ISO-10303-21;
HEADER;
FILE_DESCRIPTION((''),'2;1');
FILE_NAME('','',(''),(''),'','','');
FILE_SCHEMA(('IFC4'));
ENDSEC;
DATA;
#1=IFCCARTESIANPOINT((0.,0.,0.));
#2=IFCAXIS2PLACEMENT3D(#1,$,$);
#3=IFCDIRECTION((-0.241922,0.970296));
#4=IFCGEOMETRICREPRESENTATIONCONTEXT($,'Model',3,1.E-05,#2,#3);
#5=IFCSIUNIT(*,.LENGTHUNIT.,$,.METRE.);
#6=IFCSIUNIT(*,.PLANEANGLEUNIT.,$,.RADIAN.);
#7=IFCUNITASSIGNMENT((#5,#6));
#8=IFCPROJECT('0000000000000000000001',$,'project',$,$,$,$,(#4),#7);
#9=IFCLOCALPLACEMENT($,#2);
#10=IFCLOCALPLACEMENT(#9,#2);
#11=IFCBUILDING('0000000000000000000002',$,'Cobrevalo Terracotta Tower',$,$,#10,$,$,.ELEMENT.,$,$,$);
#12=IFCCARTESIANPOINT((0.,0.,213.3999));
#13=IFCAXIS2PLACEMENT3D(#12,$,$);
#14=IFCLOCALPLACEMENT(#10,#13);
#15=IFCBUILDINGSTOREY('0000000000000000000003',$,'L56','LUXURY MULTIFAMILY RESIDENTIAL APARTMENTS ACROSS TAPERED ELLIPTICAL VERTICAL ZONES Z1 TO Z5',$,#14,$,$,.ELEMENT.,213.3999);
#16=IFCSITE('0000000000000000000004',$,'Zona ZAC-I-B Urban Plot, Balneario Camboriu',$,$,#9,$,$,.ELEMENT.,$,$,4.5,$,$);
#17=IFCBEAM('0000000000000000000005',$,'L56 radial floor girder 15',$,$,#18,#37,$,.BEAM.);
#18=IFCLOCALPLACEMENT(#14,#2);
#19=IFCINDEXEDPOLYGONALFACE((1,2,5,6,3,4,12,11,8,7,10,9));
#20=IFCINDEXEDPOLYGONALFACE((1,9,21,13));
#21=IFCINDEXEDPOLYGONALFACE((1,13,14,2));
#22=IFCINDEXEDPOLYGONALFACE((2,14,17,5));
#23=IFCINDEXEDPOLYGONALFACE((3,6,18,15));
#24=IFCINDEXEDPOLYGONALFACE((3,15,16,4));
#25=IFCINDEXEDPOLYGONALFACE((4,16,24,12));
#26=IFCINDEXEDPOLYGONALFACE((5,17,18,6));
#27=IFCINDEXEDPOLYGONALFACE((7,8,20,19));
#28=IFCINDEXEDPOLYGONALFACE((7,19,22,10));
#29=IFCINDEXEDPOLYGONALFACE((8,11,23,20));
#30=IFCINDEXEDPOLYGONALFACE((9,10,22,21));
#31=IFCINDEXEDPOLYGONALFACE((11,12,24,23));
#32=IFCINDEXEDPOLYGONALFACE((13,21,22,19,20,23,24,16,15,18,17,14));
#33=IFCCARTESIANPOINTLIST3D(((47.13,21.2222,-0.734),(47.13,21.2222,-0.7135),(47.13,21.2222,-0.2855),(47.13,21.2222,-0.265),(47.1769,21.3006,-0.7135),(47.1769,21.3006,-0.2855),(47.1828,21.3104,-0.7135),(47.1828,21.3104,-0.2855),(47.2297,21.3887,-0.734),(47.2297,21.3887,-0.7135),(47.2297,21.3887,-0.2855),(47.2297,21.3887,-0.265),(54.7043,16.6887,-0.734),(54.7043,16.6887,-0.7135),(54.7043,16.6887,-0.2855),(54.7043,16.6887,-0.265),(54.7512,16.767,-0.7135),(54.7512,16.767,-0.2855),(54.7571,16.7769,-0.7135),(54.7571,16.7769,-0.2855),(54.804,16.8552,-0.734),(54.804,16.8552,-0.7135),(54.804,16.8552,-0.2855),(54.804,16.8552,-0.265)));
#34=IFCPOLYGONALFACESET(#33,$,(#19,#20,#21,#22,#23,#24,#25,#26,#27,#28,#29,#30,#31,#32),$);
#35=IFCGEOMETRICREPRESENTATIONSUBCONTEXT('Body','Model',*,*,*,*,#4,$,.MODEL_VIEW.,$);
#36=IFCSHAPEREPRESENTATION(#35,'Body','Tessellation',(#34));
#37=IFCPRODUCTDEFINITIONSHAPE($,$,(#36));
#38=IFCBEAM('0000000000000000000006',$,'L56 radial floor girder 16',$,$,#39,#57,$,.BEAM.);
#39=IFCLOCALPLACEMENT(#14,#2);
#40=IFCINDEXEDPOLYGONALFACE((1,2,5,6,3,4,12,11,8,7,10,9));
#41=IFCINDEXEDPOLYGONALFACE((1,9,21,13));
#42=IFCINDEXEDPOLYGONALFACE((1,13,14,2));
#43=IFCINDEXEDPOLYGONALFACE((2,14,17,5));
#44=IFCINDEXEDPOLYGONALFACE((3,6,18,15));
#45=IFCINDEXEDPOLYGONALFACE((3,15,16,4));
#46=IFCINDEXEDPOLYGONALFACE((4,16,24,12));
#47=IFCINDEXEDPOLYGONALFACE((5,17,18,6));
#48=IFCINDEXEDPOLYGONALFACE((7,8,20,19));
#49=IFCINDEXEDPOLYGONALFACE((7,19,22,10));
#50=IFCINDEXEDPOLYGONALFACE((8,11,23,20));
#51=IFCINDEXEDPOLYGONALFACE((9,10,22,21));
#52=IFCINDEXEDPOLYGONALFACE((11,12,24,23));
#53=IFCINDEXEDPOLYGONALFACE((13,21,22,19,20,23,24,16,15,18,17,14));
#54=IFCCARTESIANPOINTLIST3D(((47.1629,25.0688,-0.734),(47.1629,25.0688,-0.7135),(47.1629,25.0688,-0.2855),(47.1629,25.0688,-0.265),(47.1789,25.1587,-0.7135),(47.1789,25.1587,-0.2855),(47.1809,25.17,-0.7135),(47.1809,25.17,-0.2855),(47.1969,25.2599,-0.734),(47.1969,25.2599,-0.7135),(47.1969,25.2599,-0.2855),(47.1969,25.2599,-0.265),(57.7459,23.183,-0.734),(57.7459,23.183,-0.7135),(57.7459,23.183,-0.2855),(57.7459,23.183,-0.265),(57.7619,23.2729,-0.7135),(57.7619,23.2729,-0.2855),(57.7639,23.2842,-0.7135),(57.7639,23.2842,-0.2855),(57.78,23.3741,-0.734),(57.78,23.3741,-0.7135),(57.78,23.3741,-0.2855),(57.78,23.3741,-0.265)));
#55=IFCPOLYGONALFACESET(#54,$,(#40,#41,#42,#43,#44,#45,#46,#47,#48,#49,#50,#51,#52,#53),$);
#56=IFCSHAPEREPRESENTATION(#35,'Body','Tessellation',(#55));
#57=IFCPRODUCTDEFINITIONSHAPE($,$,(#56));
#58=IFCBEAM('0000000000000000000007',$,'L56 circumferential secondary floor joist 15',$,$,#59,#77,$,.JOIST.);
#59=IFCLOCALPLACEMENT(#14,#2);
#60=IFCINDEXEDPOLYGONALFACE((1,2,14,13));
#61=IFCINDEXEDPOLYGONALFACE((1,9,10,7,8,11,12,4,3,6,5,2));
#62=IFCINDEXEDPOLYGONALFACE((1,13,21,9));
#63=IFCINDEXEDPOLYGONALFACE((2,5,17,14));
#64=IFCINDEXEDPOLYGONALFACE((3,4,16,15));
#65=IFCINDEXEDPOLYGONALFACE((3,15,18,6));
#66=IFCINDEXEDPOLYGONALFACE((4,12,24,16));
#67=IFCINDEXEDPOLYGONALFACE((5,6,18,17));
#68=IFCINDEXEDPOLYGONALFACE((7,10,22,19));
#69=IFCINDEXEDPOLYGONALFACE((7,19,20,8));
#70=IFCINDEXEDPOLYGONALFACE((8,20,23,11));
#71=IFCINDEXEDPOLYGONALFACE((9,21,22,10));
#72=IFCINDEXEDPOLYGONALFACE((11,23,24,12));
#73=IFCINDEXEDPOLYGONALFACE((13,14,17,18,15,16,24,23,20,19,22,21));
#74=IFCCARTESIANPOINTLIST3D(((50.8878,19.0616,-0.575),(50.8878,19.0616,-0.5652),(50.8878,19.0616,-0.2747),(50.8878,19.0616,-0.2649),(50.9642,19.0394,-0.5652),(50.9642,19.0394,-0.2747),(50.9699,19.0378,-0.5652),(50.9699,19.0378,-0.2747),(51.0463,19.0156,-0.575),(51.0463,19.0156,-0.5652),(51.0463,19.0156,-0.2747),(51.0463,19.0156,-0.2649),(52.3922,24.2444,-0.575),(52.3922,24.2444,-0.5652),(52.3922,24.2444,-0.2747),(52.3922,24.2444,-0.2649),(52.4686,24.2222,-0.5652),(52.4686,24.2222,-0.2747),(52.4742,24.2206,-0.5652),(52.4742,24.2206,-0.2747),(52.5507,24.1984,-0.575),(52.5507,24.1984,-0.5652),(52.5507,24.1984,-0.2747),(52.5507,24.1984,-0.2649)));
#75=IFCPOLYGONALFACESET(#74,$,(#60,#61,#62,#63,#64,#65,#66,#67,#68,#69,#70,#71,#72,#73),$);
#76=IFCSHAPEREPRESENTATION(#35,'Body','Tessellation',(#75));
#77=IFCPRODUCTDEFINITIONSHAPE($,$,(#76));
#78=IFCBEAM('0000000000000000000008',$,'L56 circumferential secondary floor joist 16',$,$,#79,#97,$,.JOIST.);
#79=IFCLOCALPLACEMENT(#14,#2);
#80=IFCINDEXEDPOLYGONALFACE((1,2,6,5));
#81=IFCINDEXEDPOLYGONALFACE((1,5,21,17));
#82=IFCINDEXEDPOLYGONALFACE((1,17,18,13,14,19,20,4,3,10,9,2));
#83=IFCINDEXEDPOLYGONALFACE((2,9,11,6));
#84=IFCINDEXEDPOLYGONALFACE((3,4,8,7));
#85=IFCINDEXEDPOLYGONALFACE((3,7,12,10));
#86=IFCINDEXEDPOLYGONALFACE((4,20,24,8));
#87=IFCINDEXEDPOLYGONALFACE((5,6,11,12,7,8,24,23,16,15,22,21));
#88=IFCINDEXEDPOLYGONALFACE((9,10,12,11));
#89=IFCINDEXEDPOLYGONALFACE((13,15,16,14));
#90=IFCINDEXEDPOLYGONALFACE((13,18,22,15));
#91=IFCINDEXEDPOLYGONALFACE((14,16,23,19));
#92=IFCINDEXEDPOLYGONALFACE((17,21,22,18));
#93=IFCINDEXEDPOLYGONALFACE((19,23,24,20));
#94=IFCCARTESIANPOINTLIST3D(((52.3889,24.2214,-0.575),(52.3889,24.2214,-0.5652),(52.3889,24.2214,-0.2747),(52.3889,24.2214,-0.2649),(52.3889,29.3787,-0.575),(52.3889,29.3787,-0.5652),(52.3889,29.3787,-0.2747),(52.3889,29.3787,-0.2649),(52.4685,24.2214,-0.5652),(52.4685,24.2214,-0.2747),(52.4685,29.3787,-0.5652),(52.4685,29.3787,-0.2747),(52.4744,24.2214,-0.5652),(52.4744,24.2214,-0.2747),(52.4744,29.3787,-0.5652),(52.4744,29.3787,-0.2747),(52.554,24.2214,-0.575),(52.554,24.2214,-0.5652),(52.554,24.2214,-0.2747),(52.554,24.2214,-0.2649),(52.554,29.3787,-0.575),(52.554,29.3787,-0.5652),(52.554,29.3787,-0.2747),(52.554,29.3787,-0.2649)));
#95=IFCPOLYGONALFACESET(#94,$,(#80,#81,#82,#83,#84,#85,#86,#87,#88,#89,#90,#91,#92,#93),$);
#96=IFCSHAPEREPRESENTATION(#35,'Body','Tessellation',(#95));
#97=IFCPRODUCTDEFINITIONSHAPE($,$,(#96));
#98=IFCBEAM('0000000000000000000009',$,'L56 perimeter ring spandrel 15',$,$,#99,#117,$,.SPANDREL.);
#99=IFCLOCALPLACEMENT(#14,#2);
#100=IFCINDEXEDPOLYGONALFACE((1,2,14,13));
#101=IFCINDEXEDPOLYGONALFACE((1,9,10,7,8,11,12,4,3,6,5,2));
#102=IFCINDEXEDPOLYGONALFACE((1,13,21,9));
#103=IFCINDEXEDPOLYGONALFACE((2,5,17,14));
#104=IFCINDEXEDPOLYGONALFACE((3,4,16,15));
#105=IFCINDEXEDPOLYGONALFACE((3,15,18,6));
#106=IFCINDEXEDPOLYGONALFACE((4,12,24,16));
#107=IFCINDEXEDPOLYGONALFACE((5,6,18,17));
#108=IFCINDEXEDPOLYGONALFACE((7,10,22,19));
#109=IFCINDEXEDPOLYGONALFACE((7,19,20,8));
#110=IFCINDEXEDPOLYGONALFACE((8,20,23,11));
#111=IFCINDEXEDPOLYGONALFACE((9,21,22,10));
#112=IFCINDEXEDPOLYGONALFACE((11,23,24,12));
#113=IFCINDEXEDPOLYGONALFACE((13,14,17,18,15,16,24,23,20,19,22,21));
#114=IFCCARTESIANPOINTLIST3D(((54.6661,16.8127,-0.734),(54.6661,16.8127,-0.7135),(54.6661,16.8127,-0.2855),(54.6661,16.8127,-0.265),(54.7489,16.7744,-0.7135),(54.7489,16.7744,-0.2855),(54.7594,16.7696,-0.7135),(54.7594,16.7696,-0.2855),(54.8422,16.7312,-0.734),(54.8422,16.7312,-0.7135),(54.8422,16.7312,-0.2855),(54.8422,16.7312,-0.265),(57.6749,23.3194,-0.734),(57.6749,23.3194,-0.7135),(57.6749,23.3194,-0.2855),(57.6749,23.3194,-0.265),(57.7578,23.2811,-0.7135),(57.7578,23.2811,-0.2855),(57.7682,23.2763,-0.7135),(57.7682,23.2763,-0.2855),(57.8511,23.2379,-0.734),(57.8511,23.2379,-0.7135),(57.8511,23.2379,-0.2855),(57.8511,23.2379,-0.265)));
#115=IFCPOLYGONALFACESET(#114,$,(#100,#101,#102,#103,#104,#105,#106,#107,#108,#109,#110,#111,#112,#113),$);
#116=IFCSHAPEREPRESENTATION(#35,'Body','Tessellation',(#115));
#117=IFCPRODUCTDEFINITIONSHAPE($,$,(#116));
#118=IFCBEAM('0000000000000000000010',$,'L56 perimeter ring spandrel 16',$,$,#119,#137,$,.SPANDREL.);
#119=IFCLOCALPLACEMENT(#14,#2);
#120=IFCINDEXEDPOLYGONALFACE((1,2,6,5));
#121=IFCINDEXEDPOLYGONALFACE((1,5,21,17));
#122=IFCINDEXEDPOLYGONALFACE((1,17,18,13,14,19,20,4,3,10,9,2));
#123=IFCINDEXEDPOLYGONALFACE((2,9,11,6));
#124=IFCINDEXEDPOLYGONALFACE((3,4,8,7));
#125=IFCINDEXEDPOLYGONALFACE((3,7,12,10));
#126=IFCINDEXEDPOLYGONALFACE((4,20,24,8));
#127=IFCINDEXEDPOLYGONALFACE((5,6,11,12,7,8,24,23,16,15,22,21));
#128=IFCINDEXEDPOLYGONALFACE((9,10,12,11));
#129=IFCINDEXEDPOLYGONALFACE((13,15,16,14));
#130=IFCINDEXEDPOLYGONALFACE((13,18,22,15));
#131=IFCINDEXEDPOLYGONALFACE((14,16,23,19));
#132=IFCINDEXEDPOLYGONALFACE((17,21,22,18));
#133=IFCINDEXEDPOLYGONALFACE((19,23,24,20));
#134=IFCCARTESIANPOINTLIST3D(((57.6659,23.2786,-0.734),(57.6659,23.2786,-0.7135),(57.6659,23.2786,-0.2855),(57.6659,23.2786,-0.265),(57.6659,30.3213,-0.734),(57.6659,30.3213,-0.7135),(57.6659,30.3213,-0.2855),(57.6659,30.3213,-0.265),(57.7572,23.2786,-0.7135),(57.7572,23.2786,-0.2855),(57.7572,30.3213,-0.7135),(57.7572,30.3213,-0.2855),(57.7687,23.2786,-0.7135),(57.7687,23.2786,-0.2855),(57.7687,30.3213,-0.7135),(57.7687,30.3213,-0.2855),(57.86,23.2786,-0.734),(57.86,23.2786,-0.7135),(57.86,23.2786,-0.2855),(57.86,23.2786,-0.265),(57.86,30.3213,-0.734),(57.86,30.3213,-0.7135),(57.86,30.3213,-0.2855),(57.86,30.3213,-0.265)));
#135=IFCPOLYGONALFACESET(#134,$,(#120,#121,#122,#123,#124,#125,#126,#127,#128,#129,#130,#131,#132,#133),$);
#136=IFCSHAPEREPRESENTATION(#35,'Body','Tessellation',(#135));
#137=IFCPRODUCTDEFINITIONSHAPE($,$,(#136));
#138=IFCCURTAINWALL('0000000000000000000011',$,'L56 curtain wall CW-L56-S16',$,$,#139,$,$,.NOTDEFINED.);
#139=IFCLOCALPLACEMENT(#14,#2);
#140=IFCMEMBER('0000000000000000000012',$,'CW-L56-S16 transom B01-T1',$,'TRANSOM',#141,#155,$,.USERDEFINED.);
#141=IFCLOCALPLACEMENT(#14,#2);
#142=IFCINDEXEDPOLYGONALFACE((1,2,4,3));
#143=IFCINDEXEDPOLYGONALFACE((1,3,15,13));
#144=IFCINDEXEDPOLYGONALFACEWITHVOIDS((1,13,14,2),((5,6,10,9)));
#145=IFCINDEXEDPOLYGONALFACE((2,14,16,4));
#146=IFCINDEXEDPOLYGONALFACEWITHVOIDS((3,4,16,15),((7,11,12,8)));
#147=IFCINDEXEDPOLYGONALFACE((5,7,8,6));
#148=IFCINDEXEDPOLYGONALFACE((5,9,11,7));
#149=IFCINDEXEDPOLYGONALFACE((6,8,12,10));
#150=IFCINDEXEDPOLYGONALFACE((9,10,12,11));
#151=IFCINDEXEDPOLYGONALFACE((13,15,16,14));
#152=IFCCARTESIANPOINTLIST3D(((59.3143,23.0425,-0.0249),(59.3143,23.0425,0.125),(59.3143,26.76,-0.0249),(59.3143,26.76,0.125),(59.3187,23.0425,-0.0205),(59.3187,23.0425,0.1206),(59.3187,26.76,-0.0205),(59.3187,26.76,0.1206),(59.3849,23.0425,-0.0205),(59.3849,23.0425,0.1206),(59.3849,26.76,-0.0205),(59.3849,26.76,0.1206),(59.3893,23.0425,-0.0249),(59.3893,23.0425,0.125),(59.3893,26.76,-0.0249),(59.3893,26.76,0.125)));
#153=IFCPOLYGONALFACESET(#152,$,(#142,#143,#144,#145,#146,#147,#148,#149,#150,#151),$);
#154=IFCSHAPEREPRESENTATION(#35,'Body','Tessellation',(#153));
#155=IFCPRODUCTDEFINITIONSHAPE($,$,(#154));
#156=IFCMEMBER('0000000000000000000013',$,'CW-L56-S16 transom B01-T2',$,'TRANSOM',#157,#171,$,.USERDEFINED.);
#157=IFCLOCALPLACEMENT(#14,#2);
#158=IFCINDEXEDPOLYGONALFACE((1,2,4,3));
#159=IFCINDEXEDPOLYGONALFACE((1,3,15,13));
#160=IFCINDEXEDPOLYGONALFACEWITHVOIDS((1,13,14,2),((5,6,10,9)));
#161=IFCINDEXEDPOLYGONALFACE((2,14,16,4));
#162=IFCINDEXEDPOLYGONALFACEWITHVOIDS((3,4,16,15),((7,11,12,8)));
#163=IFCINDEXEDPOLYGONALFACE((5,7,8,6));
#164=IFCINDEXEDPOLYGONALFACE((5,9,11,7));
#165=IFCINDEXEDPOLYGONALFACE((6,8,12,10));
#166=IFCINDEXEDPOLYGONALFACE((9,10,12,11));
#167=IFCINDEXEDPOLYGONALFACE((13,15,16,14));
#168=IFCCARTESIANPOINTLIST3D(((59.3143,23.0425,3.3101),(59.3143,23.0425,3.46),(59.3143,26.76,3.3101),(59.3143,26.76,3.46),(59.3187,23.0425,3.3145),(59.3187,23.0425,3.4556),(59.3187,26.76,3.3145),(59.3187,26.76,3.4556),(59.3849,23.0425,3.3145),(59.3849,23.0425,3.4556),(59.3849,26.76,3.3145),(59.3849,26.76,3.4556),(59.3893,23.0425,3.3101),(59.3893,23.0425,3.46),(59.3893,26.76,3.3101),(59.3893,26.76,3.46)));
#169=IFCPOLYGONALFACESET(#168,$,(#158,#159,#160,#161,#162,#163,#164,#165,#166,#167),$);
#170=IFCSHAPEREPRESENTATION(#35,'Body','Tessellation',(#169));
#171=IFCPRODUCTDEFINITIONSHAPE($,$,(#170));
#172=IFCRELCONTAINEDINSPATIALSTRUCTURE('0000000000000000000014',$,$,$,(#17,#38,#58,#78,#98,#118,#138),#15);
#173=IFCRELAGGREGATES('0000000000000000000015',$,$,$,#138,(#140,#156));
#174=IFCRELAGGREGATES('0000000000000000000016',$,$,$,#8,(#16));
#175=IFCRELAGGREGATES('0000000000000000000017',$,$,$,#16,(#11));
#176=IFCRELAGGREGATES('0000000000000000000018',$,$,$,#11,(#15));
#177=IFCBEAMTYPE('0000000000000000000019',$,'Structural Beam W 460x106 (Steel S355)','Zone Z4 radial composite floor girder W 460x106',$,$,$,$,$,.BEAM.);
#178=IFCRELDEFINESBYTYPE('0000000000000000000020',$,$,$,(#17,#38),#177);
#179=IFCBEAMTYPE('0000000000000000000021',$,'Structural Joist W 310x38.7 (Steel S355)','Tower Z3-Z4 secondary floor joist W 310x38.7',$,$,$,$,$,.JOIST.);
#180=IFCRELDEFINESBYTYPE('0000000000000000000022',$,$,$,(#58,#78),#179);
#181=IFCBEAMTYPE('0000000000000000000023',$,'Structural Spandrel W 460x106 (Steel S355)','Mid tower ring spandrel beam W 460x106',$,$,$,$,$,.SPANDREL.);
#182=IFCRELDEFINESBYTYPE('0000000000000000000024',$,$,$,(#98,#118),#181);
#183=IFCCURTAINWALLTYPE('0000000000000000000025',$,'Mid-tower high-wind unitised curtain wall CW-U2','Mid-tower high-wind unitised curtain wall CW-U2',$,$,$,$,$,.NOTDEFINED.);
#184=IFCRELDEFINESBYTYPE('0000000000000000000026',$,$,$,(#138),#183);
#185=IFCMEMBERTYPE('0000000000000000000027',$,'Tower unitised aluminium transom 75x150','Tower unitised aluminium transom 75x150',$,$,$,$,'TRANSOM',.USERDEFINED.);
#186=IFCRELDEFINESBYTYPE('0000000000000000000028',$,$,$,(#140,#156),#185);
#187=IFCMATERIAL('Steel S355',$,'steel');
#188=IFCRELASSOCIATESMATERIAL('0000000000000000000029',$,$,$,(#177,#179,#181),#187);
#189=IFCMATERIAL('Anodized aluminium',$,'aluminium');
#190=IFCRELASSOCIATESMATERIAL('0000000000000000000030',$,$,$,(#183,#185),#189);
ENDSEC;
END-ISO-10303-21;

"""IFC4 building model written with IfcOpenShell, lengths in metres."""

from ifc_helpers import new_model, si_unit, direction, frame, origin, origin_2d, place, context, subcontext, project, spatial, hollow_rectangle, i_section, extrude, source, transform, mapped, material, material_profile, profile_set, type_object, element, aggregate, save


model = new_model("IFC4")

# Units and contexts
model_context = context("Model", 3, precision=1e-05, world=origin(), true_north=direction((-0.241922, 0.970296)))
body_context = subcontext(model_context, "Body", "Model", "MODEL_VIEW")
ifc_project = project(units=[si_unit("LENGTHUNIT", "METRE"), si_unit("PLANEANGLEUNIT", "RADIAN")], contexts=[model_context])

# Site, building, storey
site_placement = place(None, origin())
site = spatial("IfcSite", under=ifc_project, at=site_placement, Name="Zona ZAC-I-B Urban Plot, Balneario Camboriu", CompositionType="ELEMENT", RefElevation=4.5)
building_placement = place(site_placement, origin())
building = spatial("IfcBuilding", under=site, at=building_placement, Name="Cobrevalo Terracotta Tower", CompositionType="ELEMENT")
storey_placement = place(building_placement, frame((0.0, 0.0, 213.3999)))
storey = spatial("IfcBuildingStorey", under=building, at=storey_placement, Name="L56", Description="LUXURY MULTIFAMILY RESIDENTIAL APARTMENTS ACROSS TAPERED ELLIPTICAL VERTICAL ZONES Z1 TO Z5", CompositionType="ELEMENT", Elevation=213.3999)

# Shared definitions
ifc_material_1 = material(Name="Steel S355", Category="steel")

# Beams
ifc_material_profile_1 = material_profile(ifc_material_1, i_section(OverallWidth=0.1941, OverallDepth=0.469, WebThickness=0.0115, FlangeThickness=0.0205, at=origin_2d()), Name="W 460x106")
ifc_profile_set_1 = profile_set([ifc_material_profile_1], Name="Steel S355")
beam_type_1 = type_object("IfcBeamType", Name="Structural Beam W 460x106 (Steel S355)", Description="Zone Z4 radial composite floor girder W 460x106", PredefinedType="BEAM", material=ifc_profile_set_1)
beam_1_placement = place(storey_placement, frame((54.7542, 16.772, -0.4995), z_axis=(-0.858046, 0.513572, 0.0), x_axis=(-0.513572, -0.858046, 0.0)))
element("IfcBeam", 1, at=beam_1_placement, inside=storey, type_object=beam_type_1, Name="L56 radial floor girder 15", PredefinedType="BEAM", context=body_context, shape_type="SweptSolid", body=[
    extrude(i_section(OverallWidth=0.1941, OverallDepth=0.469, WebThickness=0.0115, FlangeThickness=0.0205, at=origin_2d()), origin(), (0.0, 0.0, 1.0), 8.8274),
])
beam_2_placement = place(storey_placement, frame((57.7629, 23.2786, -0.4995), z_axis=(-0.984493, 0.175423, 0.0), x_axis=(-0.175423, -0.984493, 0.0)))
element("IfcBeam", 2, at=beam_2_placement, inside=storey, type_object=beam_type_1, Name="L56 radial floor girder 16", PredefinedType="BEAM", context=body_context, shape_type="SweptSolid", body=[
    extrude(i_section(OverallWidth=0.1941, OverallDepth=0.469, WebThickness=0.0115, FlangeThickness=0.0205, at=origin_2d()), origin(), (0.0, 0.0, 1.0), 10.7498),
])
ifc_material_profile_2 = material_profile(ifc_material_1, i_section(OverallWidth=0.165, OverallDepth=0.3101, WebThickness=0.0059, FlangeThickness=0.0098, at=origin_2d()), Name="W 310x38.7")
ifc_profile_set_2 = profile_set([ifc_material_profile_2], Name="Steel S355")
beam_type_2 = type_object("IfcBeamType", Name="Structural Joist W 310x38.7 (Steel S355)", Description="Tower Z3-Z4 secondary floor joist W 310x38.7", PredefinedType="JOIST", material=ifc_profile_set_2)
beam_3_placement = place(storey_placement, frame((50.967, 19.0386, -0.4199), z_axis=(0.278758, 0.960361, 0.0), x_axis=(-0.960361, 0.278758, 0.0)))
element("IfcBeam", 3, at=beam_3_placement, inside=storey, type_object=beam_type_2, Name="L56 circumferential secondary floor joist 15", PredefinedType="JOIST", context=body_context, shape_type="SweptSolid", body=[
    extrude(i_section(OverallWidth=0.165, OverallDepth=0.3101, WebThickness=0.0059, FlangeThickness=0.0098, at=origin_2d()), origin(), (0.0, 0.0, 1.0), 5.3967),
])
beam_4_placement = place(storey_placement, frame((52.4714, 24.2214, -0.4199), z_axis=(0.0, 1.0, 0.0), x_axis=(-1.0, 0.0, 0.0)))
element("IfcBeam", 4, at=beam_4_placement, inside=storey, type_object=beam_type_2, Name="L56 circumferential secondary floor joist 16", PredefinedType="JOIST", context=body_context, shape_type="SweptSolid", body=[
    extrude(i_section(OverallWidth=0.165, OverallDepth=0.3101, WebThickness=0.0059, FlangeThickness=0.0098, at=origin_2d()), origin(), (0.0, 0.0, 1.0), 5.1572),
])
ifc_material_profile_3 = material_profile(ifc_material_1, i_section(OverallWidth=0.1941, OverallDepth=0.469, WebThickness=0.0115, FlangeThickness=0.0205, at=origin_2d()), Name="W 460x106")
ifc_profile_set_3 = profile_set([ifc_material_profile_3], Name="Steel S355")
beam_type_3 = type_object("IfcBeamType", Name="Structural Spandrel W 460x106 (Steel S355)", Description="Mid tower ring spandrel beam W 460x106", PredefinedType="SPANDREL", material=ifc_profile_set_3)
beam_5_placement = place(storey_placement, frame((54.7542, 16.772, -0.4995), z_axis=(0.419719, 0.907654, 0.0), x_axis=(-0.907654, 0.419719, 0.0)))
element("IfcBeam", 5, at=beam_5_placement, inside=storey, type_object=beam_type_3, Name="L56 perimeter ring spandrel 15", PredefinedType="SPANDREL", context=body_context, shape_type="SweptSolid", body=[
    extrude(i_section(OverallWidth=0.1941, OverallDepth=0.469, WebThickness=0.0115, FlangeThickness=0.0205, at=origin_2d()), origin(), (0.0, 0.0, 1.0), 7.1687),
])
beam_6_placement = place(storey_placement, frame((57.7629, 23.2786, -0.4995), z_axis=(0.0, 1.0, 0.0), x_axis=(-1.0, 0.0, 0.0)))
element("IfcBeam", 6, at=beam_6_placement, inside=storey, type_object=beam_type_3, Name="L56 perimeter ring spandrel 16", PredefinedType="SPANDREL", context=body_context, shape_type="SweptSolid", body=[
    extrude(i_section(OverallWidth=0.1941, OverallDepth=0.469, WebThickness=0.0115, FlangeThickness=0.0205, at=origin_2d()), origin(), (0.0, 0.0, 1.0), 7.0427),
])

# Curtain wall, members
ifc_material_2 = material(Name="Anodized aluminium", Category="aluminium")
curtain_wall_type = type_object("IfcCurtainWallType", Name="Mid-tower high-wind unitised curtain wall CW-U2", Description="Mid-tower high-wind unitised curtain wall CW-U2", PredefinedType="NOTDEFINED", material=ifc_material_2)
curtain_wall_placement = place(storey_placement, origin())
curtain_wall = element("IfcCurtainWall", 7, at=curtain_wall_placement, inside=storey, type_object=curtain_wall_type, Name="L56 curtain wall CW-L56-S16", PredefinedType="NOTDEFINED")
ifc_material_profile_4 = material_profile(ifc_material_2, hollow_rectangle(XDim=0.075, YDim=0.1499, WallThickness=0.0044, at=origin_2d()), Name="CWT 75x150")
ifc_profile_set_4 = profile_set([ifc_material_profile_4], Name="Anodized aluminium")
member_type_1 = type_object("IfcMemberType", Name="Tower unitised aluminium transom 75x150", Description="Tower unitised aluminium transom 75x150", ElementType="TRANSOM", PredefinedType="USERDEFINED", material=ifc_profile_set_4)
shared_shape_1 = source(origin(), body_context, "Body", "SweptSolid", [
    extrude(hollow_rectangle(XDim=0.075, YDim=0.1499, WallThickness=0.0044, at=origin_2d()), origin(), (0.0, 0.0, 1.0), 3.7175),
])
member_1_placement = place(storey_placement, frame((59.3518, 23.0425, 0.05), z_axis=(0.0, 1.0, 0.0), x_axis=(-1.0, 0.0, 0.0)))
member_1 = element("IfcMember", 8, at=member_1_placement, type_object=member_type_1, Name="CW-L56-S16 transom B01-T1", ObjectType="TRANSOM", PredefinedType="USERDEFINED", context=body_context, shape_type="MappedRepresentation", body=[
    mapped(shared_shape_1, transform((0.0, 0.0, 0.0), scale=1.0)),
])
member_2_placement = place(storey_placement, frame((59.3518, 23.0425, 3.385), z_axis=(0.0, 1.0, 0.0), x_axis=(-1.0, 0.0, 0.0)))
member_2 = element("IfcMember", 9, at=member_2_placement, type_object=member_type_1, Name="CW-L56-S16 transom B01-T2", ObjectType="TRANSOM", PredefinedType="USERDEFINED", context=body_context, shape_type="MappedRepresentation", body=[
    mapped(shared_shape_1, transform((0.0, 0.0, 0.0), scale=1.0)),
])
aggregate(curtain_wall, [member_1, member_2])

save(model, "model.ifc")
